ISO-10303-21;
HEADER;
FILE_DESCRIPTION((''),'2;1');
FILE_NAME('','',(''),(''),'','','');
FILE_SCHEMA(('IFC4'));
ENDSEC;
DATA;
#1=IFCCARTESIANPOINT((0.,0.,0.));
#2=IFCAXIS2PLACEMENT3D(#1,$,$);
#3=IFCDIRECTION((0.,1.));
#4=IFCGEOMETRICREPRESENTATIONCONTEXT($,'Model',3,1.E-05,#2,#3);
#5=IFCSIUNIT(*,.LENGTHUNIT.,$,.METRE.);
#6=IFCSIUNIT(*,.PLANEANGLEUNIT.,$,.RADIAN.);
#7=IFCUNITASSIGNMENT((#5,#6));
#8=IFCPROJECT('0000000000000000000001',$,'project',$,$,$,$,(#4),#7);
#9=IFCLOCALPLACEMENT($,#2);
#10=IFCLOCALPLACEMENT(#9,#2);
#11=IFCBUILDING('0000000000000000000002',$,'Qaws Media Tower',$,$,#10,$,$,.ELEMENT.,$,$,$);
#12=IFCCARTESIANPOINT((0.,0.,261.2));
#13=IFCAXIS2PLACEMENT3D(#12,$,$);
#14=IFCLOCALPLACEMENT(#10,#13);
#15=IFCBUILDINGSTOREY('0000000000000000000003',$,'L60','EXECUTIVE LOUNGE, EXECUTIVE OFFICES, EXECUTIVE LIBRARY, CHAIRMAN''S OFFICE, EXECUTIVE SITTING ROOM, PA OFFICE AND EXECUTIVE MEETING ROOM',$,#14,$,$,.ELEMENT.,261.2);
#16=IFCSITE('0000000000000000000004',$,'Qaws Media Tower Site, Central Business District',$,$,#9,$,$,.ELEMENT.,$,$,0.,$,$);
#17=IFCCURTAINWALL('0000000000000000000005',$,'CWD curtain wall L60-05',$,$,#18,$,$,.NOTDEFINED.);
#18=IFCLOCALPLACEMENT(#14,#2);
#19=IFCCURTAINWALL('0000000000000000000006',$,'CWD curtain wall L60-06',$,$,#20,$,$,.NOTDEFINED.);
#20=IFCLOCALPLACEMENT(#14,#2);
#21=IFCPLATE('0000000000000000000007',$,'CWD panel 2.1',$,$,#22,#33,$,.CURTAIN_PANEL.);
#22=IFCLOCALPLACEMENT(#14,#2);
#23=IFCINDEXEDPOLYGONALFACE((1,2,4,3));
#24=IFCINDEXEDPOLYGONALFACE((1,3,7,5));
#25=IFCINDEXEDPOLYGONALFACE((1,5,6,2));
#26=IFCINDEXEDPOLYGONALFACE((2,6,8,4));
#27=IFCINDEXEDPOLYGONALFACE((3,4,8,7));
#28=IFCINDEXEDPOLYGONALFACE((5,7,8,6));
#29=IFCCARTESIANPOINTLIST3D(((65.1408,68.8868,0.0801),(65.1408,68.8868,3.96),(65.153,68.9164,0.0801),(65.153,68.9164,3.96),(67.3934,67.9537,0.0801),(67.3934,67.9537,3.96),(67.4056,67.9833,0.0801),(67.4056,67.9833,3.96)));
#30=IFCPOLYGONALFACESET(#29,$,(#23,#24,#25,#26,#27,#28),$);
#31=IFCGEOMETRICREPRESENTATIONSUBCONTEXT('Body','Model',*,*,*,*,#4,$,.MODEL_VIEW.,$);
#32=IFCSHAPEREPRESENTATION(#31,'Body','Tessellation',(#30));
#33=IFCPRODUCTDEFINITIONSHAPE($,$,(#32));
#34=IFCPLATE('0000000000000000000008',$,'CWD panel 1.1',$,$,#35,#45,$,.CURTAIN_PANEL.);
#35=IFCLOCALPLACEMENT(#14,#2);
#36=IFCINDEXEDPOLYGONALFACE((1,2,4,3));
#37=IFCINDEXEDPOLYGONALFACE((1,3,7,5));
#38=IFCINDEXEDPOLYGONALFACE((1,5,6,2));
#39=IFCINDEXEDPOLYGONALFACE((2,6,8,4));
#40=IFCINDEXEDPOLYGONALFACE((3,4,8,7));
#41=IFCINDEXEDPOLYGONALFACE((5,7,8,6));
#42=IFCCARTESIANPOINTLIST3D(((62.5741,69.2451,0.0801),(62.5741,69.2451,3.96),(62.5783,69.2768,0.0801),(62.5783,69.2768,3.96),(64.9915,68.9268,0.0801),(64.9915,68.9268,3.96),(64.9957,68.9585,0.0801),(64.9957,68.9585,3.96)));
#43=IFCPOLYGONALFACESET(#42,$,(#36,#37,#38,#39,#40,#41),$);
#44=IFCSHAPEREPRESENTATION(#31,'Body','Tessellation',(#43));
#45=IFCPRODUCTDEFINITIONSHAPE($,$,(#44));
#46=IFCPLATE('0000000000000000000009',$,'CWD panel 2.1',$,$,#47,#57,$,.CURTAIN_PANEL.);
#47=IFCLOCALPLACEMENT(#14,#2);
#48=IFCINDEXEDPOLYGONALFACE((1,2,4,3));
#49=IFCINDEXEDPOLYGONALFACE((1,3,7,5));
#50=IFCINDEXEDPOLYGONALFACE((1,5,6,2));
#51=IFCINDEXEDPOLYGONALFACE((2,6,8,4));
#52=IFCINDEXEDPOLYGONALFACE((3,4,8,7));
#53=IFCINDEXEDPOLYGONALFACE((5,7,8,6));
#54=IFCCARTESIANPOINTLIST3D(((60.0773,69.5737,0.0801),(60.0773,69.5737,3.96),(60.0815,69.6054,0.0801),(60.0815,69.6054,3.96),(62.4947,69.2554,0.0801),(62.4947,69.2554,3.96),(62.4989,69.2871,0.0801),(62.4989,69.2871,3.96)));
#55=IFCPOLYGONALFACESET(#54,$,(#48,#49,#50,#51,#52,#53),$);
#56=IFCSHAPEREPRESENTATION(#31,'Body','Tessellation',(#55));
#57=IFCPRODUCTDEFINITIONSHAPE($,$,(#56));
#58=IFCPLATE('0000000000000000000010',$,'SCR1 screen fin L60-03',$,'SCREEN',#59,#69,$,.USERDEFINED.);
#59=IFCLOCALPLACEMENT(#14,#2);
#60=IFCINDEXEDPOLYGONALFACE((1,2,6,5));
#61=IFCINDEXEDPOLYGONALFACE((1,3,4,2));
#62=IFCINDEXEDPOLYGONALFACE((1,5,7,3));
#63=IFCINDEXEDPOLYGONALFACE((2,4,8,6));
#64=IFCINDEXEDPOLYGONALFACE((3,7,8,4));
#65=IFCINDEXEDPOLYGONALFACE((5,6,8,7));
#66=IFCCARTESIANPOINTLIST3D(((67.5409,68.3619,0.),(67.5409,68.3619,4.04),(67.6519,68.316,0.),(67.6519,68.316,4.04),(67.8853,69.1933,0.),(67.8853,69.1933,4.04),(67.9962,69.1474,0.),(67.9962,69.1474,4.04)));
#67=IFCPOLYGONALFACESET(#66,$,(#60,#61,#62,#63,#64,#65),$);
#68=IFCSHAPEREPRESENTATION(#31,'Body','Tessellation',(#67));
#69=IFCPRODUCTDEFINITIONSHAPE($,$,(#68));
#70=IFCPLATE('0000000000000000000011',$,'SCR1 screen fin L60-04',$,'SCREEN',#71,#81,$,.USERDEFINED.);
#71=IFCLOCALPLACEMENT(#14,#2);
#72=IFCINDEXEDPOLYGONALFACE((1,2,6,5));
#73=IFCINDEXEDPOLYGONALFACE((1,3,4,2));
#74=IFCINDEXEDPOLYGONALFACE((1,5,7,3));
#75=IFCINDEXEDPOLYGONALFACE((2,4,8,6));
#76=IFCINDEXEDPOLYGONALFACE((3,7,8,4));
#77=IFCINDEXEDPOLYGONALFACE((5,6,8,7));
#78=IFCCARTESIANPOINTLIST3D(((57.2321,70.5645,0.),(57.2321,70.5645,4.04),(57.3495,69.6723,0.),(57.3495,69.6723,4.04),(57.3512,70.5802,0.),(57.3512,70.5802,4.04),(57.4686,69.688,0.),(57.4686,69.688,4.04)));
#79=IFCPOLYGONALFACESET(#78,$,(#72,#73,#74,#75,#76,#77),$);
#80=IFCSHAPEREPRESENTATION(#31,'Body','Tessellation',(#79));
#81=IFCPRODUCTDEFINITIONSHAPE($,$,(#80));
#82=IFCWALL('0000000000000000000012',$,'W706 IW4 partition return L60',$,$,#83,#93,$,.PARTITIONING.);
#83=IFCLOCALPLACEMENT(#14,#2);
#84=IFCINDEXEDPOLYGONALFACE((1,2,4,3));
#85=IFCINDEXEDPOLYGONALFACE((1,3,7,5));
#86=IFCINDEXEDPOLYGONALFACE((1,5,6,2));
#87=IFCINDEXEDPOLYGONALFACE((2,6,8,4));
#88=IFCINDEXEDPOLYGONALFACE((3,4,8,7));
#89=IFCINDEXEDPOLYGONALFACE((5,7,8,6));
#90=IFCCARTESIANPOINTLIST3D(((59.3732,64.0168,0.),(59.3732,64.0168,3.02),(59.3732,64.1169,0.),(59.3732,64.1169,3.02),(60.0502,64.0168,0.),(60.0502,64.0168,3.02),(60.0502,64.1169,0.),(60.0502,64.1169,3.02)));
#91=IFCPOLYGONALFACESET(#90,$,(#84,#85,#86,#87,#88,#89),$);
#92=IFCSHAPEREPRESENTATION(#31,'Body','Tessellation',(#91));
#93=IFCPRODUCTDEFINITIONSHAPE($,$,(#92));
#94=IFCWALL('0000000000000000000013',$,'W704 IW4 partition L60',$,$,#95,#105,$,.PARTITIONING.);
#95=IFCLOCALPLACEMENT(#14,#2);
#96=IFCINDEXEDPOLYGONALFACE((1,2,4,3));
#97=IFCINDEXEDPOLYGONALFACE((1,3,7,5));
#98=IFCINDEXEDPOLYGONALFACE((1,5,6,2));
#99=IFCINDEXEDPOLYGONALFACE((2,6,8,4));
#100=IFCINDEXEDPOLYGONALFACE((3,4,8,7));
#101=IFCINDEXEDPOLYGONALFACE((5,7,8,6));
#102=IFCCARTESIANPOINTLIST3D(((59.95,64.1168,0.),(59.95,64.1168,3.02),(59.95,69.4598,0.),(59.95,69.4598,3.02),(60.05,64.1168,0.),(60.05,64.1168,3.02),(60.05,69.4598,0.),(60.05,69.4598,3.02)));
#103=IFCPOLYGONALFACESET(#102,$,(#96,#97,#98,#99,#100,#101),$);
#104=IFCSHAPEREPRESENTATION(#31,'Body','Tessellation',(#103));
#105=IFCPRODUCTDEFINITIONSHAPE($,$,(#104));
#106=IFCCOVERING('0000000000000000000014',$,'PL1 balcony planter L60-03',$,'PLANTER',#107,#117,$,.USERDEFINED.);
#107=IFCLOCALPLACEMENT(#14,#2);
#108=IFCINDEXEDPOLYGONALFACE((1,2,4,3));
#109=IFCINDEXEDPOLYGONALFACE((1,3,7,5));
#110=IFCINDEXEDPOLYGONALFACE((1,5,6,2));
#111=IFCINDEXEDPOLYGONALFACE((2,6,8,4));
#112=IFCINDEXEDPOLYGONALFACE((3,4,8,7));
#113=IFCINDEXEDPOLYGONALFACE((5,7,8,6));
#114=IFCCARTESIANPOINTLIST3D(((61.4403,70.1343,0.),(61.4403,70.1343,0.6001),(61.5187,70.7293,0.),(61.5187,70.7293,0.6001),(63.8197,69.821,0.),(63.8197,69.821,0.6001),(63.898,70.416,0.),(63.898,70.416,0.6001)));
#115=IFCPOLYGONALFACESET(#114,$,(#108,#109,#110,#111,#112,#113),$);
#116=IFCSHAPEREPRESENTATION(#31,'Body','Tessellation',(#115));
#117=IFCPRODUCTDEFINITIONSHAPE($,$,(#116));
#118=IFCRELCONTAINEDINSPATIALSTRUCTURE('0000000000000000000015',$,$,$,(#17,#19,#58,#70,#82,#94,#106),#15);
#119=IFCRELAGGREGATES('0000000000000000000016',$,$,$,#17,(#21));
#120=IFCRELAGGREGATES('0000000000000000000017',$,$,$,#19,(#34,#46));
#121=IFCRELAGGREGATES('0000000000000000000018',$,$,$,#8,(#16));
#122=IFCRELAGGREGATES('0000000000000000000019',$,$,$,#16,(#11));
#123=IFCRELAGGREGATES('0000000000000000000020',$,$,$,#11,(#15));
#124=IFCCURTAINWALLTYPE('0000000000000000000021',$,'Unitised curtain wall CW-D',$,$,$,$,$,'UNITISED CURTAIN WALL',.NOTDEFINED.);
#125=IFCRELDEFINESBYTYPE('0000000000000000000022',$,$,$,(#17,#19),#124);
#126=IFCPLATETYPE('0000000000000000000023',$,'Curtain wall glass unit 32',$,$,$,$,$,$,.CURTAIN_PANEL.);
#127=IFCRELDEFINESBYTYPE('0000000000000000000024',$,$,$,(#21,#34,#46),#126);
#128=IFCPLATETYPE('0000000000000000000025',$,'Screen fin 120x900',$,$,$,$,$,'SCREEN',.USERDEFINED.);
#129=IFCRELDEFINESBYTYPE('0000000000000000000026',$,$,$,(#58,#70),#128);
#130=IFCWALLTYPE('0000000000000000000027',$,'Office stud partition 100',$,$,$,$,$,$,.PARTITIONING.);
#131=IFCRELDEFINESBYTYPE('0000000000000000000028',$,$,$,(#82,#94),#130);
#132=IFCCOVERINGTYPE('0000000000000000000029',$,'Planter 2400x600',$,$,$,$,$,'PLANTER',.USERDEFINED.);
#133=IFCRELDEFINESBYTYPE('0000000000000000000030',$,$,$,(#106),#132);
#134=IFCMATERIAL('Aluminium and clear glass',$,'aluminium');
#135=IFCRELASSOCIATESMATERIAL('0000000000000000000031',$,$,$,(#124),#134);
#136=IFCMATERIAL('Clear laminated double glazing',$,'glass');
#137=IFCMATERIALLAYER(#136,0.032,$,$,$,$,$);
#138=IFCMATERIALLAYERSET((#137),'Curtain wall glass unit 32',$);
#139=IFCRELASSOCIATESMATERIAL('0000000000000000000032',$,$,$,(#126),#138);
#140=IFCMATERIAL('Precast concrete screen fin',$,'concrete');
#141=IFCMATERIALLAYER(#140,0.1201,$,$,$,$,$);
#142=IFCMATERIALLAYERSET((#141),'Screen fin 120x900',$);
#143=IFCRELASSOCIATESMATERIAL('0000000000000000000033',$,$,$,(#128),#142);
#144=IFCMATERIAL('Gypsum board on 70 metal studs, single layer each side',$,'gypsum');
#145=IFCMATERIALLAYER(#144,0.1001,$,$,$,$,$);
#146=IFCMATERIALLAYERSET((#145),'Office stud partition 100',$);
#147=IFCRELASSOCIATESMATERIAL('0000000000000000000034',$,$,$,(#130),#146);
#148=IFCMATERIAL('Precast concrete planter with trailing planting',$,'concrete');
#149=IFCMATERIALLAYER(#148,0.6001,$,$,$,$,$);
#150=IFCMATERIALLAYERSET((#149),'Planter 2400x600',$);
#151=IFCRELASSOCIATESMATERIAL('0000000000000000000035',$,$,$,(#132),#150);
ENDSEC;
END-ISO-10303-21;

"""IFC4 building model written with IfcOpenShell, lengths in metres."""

from ifc_helpers import new_model, si_unit, direction, frame, frame_2d, origin, origin_2d, place, context, subcontext, project, spatial, rectangle, extrude, material, layer, layer_set, type_object, element, aggregate, save


model = new_model("IFC4")

# Units and contexts
model_context = context("Model", 3, precision=1e-05, world=origin(), true_north=direction((0.0, 1.0)))
body_context = subcontext(model_context, "Body", "Model", "MODEL_VIEW")
ifc_project = project(units=[si_unit("LENGTHUNIT", "METRE"), si_unit("PLANEANGLEUNIT", "RADIAN")], contexts=[model_context])

# Site, building, storey
site_placement = place(None, origin())
site = spatial("IfcSite", under=ifc_project, at=site_placement, Name="Qaws Media Tower Site, Central Business District", CompositionType="ELEMENT", RefElevation=0.0)
building_placement = place(site_placement, origin())
building = spatial("IfcBuilding", under=site, at=building_placement, Name="Qaws Media Tower", CompositionType="ELEMENT")
storey_placement = place(building_placement, frame((0.0, 0.0, 261.2)))
storey = spatial("IfcBuildingStorey", under=building, at=storey_placement, Name="L60", Description="EXECUTIVE LOUNGE, EXECUTIVE OFFICES, EXECUTIVE LIBRARY, CHAIRMAN'S OFFICE, EXECUTIVE SITTING ROOM, PA OFFICE AND EXECUTIVE MEETING ROOM", CompositionType="ELEMENT", Elevation=261.2)

# Curtain walls
ifc_material_1 = material(Name="Aluminium and clear glass", Category="aluminium")
curtain_wall_type = type_object("IfcCurtainWallType", Name="Unitised curtain wall CW-D", ElementType="UNITISED CURTAIN WALL", PredefinedType="NOTDEFINED", material=ifc_material_1)
curtain_wall_1_placement = place(storey_placement, origin())
curtain_wall_1 = element("IfcCurtainWall", 1, at=curtain_wall_1_placement, inside=storey, type_object=curtain_wall_type, Name="CWD curtain wall L60-05", PredefinedType="NOTDEFINED")
curtain_wall_2_placement = place(storey_placement, origin())
curtain_wall_2 = element("IfcCurtainWall", 2, at=curtain_wall_2_placement, inside=storey, type_object=curtain_wall_type, Name="CWD curtain wall L60-06", PredefinedType="NOTDEFINED")

# Plates
ifc_material_2 = material(Name="Clear laminated double glazing", Category="glass")
ifc_layer_1 = layer(ifc_material_2, 0.032)
ifc_layer_set_1 = layer_set([ifc_layer_1], Name="Curtain wall glass unit 32")
plate_type_1 = type_object("IfcPlateType", Name="Curtain wall glass unit 32", PredefinedType="CURTAIN_PANEL", material=ifc_layer_set_1)
plate_1_placement = place(storey_placement, frame((66.2732, 68.4351, 0.0801), z_axis=(0.0, 0.0, 1.0), x_axis=(-0.92388, 0.382683, 0.0)))
plate_1 = element("IfcPlate", 3, at=plate_1_placement, type_object=plate_type_1, Name="CWD panel 2.1", PredefinedType="CURTAIN_PANEL", context=body_context, shape_type="SweptSolid", body=[
    extrude(rectangle(XDim=2.4382, YDim=0.032, at=origin_2d()), origin(), (0.0, 0.0, 1.0), 3.8799),
])
aggregate(curtain_wall_1, [plate_1])
plate_2_placement = place(storey_placement, frame((63.7849, 69.1018, 0.0801), z_axis=(0.0, 0.0, 1.0), x_axis=(-0.991445, 0.130526, 0.0)))
plate_2 = element("IfcPlate", 4, at=plate_2_placement, type_object=plate_type_1, Name="CWD panel 1.1", PredefinedType="CURTAIN_PANEL", context=body_context, shape_type="SweptSolid", body=[
    extrude(rectangle(XDim=2.4382, YDim=0.032, at=origin_2d()), origin(), (0.0, 0.0, 1.0), 3.8799),
])
plate_3_placement = place(storey_placement, frame((61.2881, 69.4304, 0.0801), z_axis=(0.0, 0.0, 1.0), x_axis=(-0.991445, 0.130526, 0.0)))
plate_3 = element("IfcPlate", 5, at=plate_3_placement, type_object=plate_type_1, Name="CWD panel 2.1", PredefinedType="CURTAIN_PANEL", context=body_context, shape_type="SweptSolid", body=[
    extrude(rectangle(XDim=2.4382, YDim=0.032, at=origin_2d()), origin(), (0.0, 0.0, 1.0), 3.8799),
])
aggregate(curtain_wall_2, [plate_2, plate_3])

# Plates
ifc_material_3 = material(Name="Precast concrete screen fin", Category="concrete")
ifc_layer_2 = layer(ifc_material_3, 0.1201)
ifc_layer_set_2 = layer_set([ifc_layer_2], Name="Screen fin 120x900")
plate_type_2 = type_object("IfcPlateType", Name="Screen fin 120x900", ElementType="SCREEN", PredefinedType="USERDEFINED", material=ifc_layer_set_2)
for number, where, z_axis, x_axis, name in (
    (6, (67.7686, 68.7546, 0.0), (0.0, 0.0, 1.0), (0.382683, 0.92388, 0.0), "SCR1 screen fin L60-03"),
    (7, (57.3503, 70.1262, 0.0), (0.0, 0.0, 1.0), (-0.130526, 0.991445, 0.0), "SCR1 screen fin L60-04"),
):
    element("IfcPlate", number, at=place(storey_placement, frame(where, z_axis=z_axis, x_axis=x_axis)), inside=storey, type_object=plate_type_2, Name=name, ObjectType="SCREEN", PredefinedType="USERDEFINED", context=body_context, shape_type="SweptSolid", body=[
        extrude(rectangle(XDim=0.8999, YDim=0.1201, at=origin_2d()), origin(), (0.0, 0.0, 1.0), 4.04),
    ])

# Walls
ifc_material_4 = material(Name="Gypsum board on 70 metal studs, single layer each side", Category="gypsum")
ifc_layer_3 = layer(ifc_material_4, 0.1001)
ifc_layer_set_3 = layer_set([ifc_layer_3], Name="Office stud partition 100")
wall_type_1 = type_object("IfcWallType", Name="Office stud partition 100", PredefinedType="PARTITIONING", material=ifc_layer_set_3)
wall_1_placement = place(storey_placement, frame((60.05, 64.0669, 0.0), z_axis=(0.0, 0.0, 1.0), x_axis=(-1.0, 0.0, 0.0)))
element("IfcWall", 8, at=wall_1_placement, inside=storey, type_object=wall_type_1, Name="W706 IW4 partition return L60", PredefinedType="PARTITIONING", context=body_context, shape_type="SweptSolid", body=[
    extrude(rectangle(XDim=0.677, YDim=0.1001, at=frame_2d((0.3384, 0.0))), origin(), (0.0, 0.0, 1.0), 3.02),
])
wall_2_placement = place(storey_placement, frame((60.0, 64.1169, 0.0), z_axis=(0.0, 0.0, 1.0), x_axis=(0.0, 1.0, 0.0)))
element("IfcWall", 9, at=wall_2_placement, inside=storey, type_object=wall_type_1, Name="W704 IW4 partition L60", PredefinedType="PARTITIONING", context=body_context, shape_type="SweptSolid", body=[
    extrude(rectangle(XDim=5.343, YDim=0.1001, at=frame_2d((2.6714, 0.0))), origin(), (0.0, 0.0, 1.0), 3.02),
])

# Covering
ifc_material_5 = material(Name="Precast concrete planter with trailing planting", Category="concrete")
ifc_layer_4 = layer(ifc_material_5, 0.6001)
ifc_layer_set_4 = layer_set([ifc_layer_4], Name="Planter 2400x600")
covering_type = type_object("IfcCoveringType", Name="Planter 2400x600", ElementType="PLANTER", PredefinedType="USERDEFINED", material=ifc_layer_set_4)
covering_placement = place(storey_placement, frame((62.6692, 70.2751, 0.0), z_axis=(0.0, 0.0, 1.0), x_axis=(-0.991445, 0.130526, 0.0)))
element("IfcCovering", 10, at=covering_placement, inside=storey, type_object=covering_type, Name="PL1 balcony planter L60-03", ObjectType="PLANTER", PredefinedType="USERDEFINED", context=body_context, shape_type="SweptSolid", body=[
    extrude(rectangle(XDim=2.3999, YDim=0.6001, at=origin_2d()), origin(), (0.0, 0.0, 1.0), 0.6001),
])

save(model, "model.ifc")
